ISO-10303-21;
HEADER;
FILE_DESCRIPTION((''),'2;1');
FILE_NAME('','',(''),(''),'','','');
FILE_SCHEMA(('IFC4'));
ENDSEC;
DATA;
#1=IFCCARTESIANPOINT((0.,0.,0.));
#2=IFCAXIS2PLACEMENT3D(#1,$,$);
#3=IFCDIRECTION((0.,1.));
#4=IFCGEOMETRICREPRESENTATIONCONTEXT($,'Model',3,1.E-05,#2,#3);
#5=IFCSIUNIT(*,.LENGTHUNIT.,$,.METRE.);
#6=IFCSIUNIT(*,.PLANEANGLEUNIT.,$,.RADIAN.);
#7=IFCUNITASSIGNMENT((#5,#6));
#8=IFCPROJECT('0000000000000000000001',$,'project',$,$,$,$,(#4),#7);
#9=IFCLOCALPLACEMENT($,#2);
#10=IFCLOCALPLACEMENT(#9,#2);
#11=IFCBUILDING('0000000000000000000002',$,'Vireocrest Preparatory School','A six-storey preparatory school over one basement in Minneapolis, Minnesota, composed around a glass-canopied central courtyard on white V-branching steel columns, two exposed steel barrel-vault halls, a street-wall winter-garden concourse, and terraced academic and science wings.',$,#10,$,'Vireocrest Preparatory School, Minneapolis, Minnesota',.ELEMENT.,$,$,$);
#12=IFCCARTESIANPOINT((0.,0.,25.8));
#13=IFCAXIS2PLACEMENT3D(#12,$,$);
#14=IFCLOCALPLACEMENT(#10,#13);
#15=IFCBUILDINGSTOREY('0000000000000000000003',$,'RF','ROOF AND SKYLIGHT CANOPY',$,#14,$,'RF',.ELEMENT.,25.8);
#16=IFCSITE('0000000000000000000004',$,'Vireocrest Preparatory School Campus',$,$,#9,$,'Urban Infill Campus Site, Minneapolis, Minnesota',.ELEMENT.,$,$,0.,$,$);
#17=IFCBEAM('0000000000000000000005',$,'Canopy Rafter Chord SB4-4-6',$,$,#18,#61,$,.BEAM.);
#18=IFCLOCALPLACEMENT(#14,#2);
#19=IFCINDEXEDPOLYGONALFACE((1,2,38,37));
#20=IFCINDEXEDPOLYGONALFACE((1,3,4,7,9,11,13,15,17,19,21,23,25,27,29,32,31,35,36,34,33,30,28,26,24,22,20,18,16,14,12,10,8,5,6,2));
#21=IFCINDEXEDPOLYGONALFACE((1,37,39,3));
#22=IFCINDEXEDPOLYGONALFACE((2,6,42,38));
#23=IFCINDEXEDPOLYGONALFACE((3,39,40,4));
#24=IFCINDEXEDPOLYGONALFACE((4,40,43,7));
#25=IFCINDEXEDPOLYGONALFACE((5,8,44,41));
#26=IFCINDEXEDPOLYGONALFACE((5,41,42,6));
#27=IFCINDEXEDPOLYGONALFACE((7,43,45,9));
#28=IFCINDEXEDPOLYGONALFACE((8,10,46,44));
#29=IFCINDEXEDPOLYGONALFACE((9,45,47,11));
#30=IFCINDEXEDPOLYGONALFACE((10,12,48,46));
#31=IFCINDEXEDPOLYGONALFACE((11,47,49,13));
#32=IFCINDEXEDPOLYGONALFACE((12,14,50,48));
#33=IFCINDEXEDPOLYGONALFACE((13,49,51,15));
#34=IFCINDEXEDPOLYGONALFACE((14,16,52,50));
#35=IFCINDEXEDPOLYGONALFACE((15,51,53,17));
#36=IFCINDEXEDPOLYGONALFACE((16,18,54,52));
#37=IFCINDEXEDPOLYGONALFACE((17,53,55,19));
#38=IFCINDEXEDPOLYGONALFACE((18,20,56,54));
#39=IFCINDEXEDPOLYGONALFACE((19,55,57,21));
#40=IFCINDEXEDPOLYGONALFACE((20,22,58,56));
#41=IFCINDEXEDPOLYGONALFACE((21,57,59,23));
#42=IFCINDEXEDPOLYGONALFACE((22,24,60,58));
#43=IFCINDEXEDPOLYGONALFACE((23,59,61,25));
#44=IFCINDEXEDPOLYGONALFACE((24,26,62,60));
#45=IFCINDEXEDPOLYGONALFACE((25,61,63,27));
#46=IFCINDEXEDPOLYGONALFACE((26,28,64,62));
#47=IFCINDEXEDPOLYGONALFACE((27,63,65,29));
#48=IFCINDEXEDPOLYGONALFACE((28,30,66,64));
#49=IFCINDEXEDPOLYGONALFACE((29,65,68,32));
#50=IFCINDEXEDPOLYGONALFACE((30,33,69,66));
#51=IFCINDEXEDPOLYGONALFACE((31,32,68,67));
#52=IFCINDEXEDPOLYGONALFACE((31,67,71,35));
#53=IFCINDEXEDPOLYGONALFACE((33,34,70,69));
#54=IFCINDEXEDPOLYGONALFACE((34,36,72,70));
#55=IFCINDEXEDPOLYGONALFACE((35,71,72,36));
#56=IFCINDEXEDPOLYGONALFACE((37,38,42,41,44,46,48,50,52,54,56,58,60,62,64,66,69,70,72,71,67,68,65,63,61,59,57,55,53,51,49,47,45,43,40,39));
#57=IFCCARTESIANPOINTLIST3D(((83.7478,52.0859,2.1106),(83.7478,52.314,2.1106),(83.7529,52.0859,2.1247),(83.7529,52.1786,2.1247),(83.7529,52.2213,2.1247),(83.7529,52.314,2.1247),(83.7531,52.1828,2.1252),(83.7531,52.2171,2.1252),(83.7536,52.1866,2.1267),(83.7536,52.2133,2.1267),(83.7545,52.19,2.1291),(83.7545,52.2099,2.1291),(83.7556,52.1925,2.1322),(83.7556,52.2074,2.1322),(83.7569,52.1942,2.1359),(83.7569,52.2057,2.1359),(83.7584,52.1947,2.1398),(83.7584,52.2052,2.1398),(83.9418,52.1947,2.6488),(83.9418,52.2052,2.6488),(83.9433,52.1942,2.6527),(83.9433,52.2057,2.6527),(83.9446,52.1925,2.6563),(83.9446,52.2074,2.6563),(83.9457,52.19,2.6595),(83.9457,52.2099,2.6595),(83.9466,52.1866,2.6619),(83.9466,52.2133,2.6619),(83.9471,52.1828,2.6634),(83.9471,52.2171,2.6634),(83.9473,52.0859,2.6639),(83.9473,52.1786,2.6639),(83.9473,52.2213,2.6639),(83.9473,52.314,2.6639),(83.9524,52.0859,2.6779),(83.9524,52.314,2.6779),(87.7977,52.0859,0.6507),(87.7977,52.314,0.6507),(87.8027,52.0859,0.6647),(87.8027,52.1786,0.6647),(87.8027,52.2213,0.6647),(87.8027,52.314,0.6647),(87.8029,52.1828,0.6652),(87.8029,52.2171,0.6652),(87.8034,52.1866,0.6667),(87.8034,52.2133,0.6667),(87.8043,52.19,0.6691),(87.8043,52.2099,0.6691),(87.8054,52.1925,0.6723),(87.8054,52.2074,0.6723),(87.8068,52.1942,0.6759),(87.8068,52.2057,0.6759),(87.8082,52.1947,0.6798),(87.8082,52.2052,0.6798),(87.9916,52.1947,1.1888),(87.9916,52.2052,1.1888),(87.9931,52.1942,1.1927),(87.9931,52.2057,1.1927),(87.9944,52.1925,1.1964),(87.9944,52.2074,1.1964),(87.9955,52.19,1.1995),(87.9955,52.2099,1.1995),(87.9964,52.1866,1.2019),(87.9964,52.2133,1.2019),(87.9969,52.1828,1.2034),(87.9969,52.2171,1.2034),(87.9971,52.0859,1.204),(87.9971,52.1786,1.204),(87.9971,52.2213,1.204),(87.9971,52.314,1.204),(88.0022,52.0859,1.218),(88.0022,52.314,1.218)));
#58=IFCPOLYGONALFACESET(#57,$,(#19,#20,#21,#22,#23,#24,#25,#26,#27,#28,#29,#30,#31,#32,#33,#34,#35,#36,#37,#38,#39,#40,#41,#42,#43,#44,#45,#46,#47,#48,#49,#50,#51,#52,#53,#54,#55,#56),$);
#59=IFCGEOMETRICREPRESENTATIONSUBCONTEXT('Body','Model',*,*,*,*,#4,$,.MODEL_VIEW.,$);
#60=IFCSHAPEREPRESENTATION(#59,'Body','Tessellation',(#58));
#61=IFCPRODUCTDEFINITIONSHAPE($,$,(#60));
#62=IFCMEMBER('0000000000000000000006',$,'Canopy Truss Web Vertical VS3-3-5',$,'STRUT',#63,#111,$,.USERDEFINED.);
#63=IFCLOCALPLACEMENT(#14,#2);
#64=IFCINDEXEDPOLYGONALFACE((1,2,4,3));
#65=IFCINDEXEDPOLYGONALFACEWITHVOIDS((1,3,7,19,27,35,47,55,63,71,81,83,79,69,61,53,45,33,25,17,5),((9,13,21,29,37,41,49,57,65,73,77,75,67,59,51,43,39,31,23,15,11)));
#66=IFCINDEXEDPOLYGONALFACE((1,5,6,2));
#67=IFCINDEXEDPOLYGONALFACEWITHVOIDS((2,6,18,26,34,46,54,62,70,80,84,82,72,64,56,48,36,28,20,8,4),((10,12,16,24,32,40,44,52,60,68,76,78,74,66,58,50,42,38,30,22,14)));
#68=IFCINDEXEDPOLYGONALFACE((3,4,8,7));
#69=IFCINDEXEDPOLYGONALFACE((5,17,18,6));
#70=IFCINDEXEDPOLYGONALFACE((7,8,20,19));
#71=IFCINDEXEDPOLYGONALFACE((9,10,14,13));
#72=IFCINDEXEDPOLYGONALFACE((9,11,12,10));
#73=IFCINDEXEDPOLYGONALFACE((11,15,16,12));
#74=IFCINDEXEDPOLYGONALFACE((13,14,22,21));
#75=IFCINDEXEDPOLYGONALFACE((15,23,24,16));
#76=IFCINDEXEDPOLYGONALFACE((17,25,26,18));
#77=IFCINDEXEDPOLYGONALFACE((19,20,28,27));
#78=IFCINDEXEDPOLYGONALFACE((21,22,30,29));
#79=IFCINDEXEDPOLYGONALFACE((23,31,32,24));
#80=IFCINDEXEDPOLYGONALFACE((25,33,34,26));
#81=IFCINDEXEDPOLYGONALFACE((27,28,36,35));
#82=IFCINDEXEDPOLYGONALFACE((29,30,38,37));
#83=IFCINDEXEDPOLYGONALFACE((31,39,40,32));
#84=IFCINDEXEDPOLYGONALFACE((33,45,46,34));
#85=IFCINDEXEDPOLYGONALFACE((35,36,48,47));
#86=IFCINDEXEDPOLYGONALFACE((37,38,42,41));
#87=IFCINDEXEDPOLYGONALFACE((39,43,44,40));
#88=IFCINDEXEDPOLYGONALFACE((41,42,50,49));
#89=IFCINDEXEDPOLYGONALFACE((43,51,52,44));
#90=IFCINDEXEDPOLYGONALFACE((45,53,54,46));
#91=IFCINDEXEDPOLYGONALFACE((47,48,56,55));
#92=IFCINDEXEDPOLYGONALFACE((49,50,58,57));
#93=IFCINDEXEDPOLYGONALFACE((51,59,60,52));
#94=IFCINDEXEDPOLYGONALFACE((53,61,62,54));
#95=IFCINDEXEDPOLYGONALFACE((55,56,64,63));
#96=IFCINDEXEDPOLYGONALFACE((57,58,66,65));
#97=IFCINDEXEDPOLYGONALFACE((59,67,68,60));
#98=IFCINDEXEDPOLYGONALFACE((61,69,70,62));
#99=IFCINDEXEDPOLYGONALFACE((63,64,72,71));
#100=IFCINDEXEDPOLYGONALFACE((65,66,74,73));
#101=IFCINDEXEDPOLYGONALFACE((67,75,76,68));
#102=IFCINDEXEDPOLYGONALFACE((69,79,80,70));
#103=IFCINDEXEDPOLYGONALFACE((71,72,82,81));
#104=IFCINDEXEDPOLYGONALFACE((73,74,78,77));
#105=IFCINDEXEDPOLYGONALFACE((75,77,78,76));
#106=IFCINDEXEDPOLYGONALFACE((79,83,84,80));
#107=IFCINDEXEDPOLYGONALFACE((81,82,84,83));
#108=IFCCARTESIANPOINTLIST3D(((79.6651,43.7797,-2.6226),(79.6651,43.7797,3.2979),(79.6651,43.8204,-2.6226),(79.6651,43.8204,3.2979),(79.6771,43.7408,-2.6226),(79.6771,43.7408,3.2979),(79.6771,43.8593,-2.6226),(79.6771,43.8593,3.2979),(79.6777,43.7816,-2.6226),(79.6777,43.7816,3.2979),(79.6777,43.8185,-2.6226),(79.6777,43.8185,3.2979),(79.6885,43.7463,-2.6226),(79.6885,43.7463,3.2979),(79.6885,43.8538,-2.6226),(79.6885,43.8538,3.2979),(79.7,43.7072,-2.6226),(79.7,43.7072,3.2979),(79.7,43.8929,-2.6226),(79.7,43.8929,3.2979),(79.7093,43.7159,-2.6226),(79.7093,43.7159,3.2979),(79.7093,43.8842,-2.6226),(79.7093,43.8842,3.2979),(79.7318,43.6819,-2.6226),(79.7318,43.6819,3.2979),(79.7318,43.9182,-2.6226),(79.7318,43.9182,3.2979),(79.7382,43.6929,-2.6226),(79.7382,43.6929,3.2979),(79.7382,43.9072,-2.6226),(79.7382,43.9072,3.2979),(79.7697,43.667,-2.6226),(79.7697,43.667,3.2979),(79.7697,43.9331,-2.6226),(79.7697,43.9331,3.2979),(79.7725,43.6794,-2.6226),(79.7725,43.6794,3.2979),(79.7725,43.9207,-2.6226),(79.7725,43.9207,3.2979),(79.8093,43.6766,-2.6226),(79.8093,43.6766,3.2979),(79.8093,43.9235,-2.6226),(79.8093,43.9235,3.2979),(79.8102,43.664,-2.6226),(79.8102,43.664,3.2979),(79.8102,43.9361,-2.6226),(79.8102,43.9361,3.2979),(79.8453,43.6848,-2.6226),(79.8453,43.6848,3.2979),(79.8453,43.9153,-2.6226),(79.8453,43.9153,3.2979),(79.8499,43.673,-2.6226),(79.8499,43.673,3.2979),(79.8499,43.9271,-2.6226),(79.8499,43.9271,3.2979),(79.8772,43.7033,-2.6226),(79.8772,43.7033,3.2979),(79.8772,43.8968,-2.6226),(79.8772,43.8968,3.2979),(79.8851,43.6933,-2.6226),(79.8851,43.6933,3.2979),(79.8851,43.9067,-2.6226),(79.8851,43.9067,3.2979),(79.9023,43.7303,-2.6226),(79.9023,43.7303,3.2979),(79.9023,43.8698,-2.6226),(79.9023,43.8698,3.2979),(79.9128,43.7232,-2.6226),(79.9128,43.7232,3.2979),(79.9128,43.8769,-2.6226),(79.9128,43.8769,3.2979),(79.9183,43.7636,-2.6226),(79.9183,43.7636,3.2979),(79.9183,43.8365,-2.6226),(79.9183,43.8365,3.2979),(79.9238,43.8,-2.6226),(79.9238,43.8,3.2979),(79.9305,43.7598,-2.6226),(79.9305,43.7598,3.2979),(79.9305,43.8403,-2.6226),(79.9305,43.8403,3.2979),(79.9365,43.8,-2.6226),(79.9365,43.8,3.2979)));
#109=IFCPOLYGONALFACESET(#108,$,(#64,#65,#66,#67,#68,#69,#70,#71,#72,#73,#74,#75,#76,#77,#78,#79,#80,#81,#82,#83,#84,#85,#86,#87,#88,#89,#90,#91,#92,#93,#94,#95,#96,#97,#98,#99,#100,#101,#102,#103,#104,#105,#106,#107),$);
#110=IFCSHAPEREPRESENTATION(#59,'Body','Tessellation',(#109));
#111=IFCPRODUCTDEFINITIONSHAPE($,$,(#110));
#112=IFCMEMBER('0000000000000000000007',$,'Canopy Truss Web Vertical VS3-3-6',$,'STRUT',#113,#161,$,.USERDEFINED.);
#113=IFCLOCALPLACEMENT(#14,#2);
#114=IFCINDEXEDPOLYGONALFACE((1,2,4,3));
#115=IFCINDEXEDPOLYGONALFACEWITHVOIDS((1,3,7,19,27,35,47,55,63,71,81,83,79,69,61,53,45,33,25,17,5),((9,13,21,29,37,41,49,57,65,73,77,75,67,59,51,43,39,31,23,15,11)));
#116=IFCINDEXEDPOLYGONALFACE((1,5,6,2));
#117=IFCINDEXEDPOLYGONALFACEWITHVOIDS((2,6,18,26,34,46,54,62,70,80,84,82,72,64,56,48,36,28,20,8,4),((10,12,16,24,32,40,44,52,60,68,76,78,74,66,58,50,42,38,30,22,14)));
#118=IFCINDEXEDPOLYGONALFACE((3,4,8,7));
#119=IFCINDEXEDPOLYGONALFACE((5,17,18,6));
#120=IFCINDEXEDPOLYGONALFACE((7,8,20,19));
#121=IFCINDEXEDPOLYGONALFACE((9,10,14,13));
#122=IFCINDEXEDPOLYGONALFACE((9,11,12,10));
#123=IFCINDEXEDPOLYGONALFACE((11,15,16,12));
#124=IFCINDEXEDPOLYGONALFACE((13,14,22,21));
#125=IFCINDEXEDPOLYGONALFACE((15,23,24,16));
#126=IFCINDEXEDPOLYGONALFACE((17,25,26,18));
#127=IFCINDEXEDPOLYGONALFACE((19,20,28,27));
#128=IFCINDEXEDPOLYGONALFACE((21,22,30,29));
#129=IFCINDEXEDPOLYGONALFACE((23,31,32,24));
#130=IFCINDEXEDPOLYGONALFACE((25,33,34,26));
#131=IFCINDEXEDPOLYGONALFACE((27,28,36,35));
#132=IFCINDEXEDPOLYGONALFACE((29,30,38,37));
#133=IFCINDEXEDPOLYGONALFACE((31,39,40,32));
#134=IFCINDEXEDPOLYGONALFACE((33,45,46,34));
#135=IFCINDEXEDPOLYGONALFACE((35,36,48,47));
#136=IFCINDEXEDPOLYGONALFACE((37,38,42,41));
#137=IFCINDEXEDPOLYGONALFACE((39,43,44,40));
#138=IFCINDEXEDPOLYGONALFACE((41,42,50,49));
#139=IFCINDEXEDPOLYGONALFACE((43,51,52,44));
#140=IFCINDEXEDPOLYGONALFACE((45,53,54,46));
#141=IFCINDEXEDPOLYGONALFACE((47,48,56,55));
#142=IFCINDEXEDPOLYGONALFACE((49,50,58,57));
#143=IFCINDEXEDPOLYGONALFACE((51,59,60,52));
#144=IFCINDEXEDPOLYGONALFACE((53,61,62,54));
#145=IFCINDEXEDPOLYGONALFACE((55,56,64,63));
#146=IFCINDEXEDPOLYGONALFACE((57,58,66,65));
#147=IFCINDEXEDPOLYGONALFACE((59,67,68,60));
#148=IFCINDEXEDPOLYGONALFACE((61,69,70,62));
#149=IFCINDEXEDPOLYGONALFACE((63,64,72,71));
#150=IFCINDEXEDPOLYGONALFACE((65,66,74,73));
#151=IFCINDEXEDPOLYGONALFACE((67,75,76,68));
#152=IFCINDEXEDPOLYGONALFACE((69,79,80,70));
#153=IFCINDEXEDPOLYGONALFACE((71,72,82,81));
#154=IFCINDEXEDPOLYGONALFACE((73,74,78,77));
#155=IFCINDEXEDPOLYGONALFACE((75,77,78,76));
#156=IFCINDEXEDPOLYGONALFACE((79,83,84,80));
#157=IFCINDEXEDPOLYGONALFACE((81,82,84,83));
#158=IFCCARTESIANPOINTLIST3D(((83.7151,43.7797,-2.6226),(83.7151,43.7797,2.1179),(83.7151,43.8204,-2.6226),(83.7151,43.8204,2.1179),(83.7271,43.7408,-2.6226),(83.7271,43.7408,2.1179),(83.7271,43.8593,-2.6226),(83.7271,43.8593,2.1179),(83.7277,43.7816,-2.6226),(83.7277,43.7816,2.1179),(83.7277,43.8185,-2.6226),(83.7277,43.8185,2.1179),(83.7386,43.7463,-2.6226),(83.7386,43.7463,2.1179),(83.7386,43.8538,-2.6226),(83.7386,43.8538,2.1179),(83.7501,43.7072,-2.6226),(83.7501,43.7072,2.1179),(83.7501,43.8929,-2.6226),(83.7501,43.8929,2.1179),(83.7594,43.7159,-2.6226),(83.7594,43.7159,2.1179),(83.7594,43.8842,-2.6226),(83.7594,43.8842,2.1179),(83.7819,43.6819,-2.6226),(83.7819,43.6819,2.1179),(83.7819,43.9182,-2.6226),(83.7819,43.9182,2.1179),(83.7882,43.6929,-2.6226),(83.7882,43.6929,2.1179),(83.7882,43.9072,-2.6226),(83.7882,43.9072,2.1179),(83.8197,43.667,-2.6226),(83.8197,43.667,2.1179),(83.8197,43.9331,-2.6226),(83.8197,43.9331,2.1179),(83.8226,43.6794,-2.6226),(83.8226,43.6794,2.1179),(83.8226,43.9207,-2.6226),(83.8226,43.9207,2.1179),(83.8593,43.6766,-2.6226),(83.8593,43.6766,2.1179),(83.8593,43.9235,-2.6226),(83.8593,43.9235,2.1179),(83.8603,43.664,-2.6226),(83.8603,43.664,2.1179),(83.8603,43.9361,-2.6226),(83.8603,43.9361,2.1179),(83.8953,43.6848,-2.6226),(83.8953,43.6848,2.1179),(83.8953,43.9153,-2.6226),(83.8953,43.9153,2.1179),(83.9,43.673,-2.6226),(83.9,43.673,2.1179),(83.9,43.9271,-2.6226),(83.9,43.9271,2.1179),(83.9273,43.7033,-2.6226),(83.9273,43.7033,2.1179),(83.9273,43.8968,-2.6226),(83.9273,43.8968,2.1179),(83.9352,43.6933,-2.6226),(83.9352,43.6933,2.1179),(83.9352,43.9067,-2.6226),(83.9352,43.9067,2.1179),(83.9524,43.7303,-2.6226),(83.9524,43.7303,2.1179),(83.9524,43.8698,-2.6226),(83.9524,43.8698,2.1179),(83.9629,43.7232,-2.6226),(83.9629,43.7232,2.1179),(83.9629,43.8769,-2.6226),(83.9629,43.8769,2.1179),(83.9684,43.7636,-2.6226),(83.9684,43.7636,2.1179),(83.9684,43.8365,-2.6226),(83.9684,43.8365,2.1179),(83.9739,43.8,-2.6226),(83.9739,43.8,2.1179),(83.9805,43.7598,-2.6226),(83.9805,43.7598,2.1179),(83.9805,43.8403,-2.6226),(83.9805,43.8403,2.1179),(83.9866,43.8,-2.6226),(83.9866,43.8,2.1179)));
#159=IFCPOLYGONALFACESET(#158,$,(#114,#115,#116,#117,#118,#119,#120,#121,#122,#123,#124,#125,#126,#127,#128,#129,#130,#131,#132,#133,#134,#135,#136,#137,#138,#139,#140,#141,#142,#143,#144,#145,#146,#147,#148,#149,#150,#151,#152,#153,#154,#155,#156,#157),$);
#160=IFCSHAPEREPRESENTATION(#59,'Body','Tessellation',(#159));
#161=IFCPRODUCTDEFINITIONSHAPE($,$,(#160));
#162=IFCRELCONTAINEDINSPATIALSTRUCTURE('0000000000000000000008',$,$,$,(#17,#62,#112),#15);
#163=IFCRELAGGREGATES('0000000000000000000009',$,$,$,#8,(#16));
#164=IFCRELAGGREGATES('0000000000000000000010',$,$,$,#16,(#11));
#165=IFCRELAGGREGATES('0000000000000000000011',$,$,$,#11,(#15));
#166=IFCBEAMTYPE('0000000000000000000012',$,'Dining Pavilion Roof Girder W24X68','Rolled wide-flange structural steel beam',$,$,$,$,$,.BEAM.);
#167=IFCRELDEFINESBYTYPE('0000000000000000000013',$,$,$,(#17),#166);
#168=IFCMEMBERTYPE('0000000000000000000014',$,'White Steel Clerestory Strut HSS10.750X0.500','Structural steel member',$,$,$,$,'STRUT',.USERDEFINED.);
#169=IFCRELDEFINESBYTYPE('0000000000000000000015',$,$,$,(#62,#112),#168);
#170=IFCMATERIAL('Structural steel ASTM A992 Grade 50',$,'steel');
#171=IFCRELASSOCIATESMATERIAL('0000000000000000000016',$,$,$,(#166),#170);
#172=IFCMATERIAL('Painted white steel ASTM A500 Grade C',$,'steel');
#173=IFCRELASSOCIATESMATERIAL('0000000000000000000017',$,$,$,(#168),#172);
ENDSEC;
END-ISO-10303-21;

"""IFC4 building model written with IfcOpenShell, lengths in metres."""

from ifc_helpers import new_model, si_unit, direction, frame, origin, origin_2d, place, context, subcontext, project, spatial, hollow_circle, i_section, extrude, material, material_profile, profile_set, type_object, element, save


model = new_model("IFC4")

# Units and contexts
model_context = context("Model", 3, precision=1e-05, world=origin(), true_north=direction((0.0, 1.0)))
body_context = subcontext(model_context, "Body", "Model", "MODEL_VIEW")
ifc_project = project(units=[si_unit("LENGTHUNIT", "METRE"), si_unit("PLANEANGLEUNIT", "RADIAN")], contexts=[model_context])

# Site, building, storey
site_placement = place(None, origin())
site = spatial("IfcSite", under=ifc_project, at=site_placement, Name="Vireocrest Preparatory School Campus", LongName="Urban Infill Campus Site, Minneapolis, Minnesota", CompositionType="ELEMENT", RefElevation=0.0)
building_placement = place(site_placement, origin())
building = spatial("IfcBuilding", under=site, at=building_placement, Name="Vireocrest Preparatory School", Description="A six-storey preparatory school over one basement in Minneapolis, Minnesota, composed around a glass-canopied central courtyard on white V-branching steel columns, two exposed steel barrel-vault halls, a street-wall winter-garden concourse, and terraced academic and science wings.", LongName="Vireocrest Preparatory School, Minneapolis, Minnesota", CompositionType="ELEMENT")
storey_placement = place(building_placement, frame((0.0, 0.0, 25.8)))
storey = spatial("IfcBuildingStorey", under=building, at=storey_placement, Name="RF", Description="ROOF AND SKYLIGHT CANOPY", LongName="RF", CompositionType="ELEMENT", Elevation=25.8)

# Shared definitions
ifc_material_1 = material(Name="Painted white steel ASTM A500 Grade C", Category="steel")
ifc_material_2 = material(Name="Structural steel ASTM A992 Grade 50", Category="steel")

# Beam
ifc_material_profile_1 = material_profile(ifc_material_2, i_section(OverallWidth=0.228, OverallDepth=0.603, WebThickness=0.0105, FlangeThickness=0.0149, FilletRadius=0.0161, at=origin_2d()), Name="W24X68")
ifc_profile_set_1 = profile_set([ifc_material_profile_1], Name="Structural steel ASTM A992 Grade 50")
beam_type = type_object("IfcBeamType", Name="Dining Pavilion Roof Girder W24X68", Description="Rolled wide-flange structural steel beam", PredefinedType="BEAM", material=ifc_profile_set_1)
beam_1_placement = place(storey_placement, frame((83.8501, 52.2, 2.3943), z_axis=(0.940737, 0.0, -0.339137), x_axis=(0.0, 1.0, 0.0)))
element("IfcBeam", 1, at=beam_1_placement, inside=storey, type_object=beam_type, Name="Canopy Rafter Chord SB4-4-6", PredefinedType="BEAM", context=body_context, shape_type="SweptSolid", body=[
    extrude(i_section(OverallWidth=0.228, OverallDepth=0.603, WebThickness=0.0105, FlangeThickness=0.0149, FilletRadius=0.0161, at=origin_2d()), origin(), (0.0, 0.0, 1.0), 4.3049),
])

# Members
ifc_material_profile_2 = material_profile(ifc_material_1, hollow_circle(Radius=0.1365, WallThickness=0.0127, at=origin_2d()), Name="HSS10.750X0.500")
ifc_profile_set_2 = profile_set([ifc_material_profile_2], Name="Painted white steel ASTM A500 Grade C")
member_type_1 = type_object("IfcMemberType", Name="White Steel Clerestory Strut HSS10.750X0.500", Description="Structural steel member", ElementType="STRUT", PredefinedType="USERDEFINED", material=ifc_profile_set_2)
member_1_placement = place(storey_placement, frame((79.8, 43.8, -2.6226), z_axis=(0.0, 0.0, 1.0), x_axis=(1.0, 0.0, 0.0)))
element("IfcMember", 2, at=member_1_placement, inside=storey, type_object=member_type_1, Name="Canopy Truss Web Vertical VS3-3-5", ObjectType="STRUT", PredefinedType="USERDEFINED", context=body_context, shape_type="SweptSolid", body=[
    extrude(hollow_circle(Radius=0.1365, WallThickness=0.0127, at=origin_2d()), origin(), (0.0, 0.0, 1.0), 5.9204),
])
member_2_placement = place(storey_placement, frame((83.8501, 43.8, -2.6226), z_axis=(0.0, 0.0, 1.0), x_axis=(1.0, 0.0, 0.0)))
element("IfcMember", 3, at=member_2_placement, inside=storey, type_object=member_type_1, Name="Canopy Truss Web Vertical VS3-3-6", ObjectType="STRUT", PredefinedType="USERDEFINED", context=body_context, shape_type="SweptSolid", body=[
    extrude(hollow_circle(Radius=0.1365, WallThickness=0.0127, at=origin_2d()), origin(), (0.0, 0.0, 1.0), 4.7405),
])

save(model, "model.ifc")
